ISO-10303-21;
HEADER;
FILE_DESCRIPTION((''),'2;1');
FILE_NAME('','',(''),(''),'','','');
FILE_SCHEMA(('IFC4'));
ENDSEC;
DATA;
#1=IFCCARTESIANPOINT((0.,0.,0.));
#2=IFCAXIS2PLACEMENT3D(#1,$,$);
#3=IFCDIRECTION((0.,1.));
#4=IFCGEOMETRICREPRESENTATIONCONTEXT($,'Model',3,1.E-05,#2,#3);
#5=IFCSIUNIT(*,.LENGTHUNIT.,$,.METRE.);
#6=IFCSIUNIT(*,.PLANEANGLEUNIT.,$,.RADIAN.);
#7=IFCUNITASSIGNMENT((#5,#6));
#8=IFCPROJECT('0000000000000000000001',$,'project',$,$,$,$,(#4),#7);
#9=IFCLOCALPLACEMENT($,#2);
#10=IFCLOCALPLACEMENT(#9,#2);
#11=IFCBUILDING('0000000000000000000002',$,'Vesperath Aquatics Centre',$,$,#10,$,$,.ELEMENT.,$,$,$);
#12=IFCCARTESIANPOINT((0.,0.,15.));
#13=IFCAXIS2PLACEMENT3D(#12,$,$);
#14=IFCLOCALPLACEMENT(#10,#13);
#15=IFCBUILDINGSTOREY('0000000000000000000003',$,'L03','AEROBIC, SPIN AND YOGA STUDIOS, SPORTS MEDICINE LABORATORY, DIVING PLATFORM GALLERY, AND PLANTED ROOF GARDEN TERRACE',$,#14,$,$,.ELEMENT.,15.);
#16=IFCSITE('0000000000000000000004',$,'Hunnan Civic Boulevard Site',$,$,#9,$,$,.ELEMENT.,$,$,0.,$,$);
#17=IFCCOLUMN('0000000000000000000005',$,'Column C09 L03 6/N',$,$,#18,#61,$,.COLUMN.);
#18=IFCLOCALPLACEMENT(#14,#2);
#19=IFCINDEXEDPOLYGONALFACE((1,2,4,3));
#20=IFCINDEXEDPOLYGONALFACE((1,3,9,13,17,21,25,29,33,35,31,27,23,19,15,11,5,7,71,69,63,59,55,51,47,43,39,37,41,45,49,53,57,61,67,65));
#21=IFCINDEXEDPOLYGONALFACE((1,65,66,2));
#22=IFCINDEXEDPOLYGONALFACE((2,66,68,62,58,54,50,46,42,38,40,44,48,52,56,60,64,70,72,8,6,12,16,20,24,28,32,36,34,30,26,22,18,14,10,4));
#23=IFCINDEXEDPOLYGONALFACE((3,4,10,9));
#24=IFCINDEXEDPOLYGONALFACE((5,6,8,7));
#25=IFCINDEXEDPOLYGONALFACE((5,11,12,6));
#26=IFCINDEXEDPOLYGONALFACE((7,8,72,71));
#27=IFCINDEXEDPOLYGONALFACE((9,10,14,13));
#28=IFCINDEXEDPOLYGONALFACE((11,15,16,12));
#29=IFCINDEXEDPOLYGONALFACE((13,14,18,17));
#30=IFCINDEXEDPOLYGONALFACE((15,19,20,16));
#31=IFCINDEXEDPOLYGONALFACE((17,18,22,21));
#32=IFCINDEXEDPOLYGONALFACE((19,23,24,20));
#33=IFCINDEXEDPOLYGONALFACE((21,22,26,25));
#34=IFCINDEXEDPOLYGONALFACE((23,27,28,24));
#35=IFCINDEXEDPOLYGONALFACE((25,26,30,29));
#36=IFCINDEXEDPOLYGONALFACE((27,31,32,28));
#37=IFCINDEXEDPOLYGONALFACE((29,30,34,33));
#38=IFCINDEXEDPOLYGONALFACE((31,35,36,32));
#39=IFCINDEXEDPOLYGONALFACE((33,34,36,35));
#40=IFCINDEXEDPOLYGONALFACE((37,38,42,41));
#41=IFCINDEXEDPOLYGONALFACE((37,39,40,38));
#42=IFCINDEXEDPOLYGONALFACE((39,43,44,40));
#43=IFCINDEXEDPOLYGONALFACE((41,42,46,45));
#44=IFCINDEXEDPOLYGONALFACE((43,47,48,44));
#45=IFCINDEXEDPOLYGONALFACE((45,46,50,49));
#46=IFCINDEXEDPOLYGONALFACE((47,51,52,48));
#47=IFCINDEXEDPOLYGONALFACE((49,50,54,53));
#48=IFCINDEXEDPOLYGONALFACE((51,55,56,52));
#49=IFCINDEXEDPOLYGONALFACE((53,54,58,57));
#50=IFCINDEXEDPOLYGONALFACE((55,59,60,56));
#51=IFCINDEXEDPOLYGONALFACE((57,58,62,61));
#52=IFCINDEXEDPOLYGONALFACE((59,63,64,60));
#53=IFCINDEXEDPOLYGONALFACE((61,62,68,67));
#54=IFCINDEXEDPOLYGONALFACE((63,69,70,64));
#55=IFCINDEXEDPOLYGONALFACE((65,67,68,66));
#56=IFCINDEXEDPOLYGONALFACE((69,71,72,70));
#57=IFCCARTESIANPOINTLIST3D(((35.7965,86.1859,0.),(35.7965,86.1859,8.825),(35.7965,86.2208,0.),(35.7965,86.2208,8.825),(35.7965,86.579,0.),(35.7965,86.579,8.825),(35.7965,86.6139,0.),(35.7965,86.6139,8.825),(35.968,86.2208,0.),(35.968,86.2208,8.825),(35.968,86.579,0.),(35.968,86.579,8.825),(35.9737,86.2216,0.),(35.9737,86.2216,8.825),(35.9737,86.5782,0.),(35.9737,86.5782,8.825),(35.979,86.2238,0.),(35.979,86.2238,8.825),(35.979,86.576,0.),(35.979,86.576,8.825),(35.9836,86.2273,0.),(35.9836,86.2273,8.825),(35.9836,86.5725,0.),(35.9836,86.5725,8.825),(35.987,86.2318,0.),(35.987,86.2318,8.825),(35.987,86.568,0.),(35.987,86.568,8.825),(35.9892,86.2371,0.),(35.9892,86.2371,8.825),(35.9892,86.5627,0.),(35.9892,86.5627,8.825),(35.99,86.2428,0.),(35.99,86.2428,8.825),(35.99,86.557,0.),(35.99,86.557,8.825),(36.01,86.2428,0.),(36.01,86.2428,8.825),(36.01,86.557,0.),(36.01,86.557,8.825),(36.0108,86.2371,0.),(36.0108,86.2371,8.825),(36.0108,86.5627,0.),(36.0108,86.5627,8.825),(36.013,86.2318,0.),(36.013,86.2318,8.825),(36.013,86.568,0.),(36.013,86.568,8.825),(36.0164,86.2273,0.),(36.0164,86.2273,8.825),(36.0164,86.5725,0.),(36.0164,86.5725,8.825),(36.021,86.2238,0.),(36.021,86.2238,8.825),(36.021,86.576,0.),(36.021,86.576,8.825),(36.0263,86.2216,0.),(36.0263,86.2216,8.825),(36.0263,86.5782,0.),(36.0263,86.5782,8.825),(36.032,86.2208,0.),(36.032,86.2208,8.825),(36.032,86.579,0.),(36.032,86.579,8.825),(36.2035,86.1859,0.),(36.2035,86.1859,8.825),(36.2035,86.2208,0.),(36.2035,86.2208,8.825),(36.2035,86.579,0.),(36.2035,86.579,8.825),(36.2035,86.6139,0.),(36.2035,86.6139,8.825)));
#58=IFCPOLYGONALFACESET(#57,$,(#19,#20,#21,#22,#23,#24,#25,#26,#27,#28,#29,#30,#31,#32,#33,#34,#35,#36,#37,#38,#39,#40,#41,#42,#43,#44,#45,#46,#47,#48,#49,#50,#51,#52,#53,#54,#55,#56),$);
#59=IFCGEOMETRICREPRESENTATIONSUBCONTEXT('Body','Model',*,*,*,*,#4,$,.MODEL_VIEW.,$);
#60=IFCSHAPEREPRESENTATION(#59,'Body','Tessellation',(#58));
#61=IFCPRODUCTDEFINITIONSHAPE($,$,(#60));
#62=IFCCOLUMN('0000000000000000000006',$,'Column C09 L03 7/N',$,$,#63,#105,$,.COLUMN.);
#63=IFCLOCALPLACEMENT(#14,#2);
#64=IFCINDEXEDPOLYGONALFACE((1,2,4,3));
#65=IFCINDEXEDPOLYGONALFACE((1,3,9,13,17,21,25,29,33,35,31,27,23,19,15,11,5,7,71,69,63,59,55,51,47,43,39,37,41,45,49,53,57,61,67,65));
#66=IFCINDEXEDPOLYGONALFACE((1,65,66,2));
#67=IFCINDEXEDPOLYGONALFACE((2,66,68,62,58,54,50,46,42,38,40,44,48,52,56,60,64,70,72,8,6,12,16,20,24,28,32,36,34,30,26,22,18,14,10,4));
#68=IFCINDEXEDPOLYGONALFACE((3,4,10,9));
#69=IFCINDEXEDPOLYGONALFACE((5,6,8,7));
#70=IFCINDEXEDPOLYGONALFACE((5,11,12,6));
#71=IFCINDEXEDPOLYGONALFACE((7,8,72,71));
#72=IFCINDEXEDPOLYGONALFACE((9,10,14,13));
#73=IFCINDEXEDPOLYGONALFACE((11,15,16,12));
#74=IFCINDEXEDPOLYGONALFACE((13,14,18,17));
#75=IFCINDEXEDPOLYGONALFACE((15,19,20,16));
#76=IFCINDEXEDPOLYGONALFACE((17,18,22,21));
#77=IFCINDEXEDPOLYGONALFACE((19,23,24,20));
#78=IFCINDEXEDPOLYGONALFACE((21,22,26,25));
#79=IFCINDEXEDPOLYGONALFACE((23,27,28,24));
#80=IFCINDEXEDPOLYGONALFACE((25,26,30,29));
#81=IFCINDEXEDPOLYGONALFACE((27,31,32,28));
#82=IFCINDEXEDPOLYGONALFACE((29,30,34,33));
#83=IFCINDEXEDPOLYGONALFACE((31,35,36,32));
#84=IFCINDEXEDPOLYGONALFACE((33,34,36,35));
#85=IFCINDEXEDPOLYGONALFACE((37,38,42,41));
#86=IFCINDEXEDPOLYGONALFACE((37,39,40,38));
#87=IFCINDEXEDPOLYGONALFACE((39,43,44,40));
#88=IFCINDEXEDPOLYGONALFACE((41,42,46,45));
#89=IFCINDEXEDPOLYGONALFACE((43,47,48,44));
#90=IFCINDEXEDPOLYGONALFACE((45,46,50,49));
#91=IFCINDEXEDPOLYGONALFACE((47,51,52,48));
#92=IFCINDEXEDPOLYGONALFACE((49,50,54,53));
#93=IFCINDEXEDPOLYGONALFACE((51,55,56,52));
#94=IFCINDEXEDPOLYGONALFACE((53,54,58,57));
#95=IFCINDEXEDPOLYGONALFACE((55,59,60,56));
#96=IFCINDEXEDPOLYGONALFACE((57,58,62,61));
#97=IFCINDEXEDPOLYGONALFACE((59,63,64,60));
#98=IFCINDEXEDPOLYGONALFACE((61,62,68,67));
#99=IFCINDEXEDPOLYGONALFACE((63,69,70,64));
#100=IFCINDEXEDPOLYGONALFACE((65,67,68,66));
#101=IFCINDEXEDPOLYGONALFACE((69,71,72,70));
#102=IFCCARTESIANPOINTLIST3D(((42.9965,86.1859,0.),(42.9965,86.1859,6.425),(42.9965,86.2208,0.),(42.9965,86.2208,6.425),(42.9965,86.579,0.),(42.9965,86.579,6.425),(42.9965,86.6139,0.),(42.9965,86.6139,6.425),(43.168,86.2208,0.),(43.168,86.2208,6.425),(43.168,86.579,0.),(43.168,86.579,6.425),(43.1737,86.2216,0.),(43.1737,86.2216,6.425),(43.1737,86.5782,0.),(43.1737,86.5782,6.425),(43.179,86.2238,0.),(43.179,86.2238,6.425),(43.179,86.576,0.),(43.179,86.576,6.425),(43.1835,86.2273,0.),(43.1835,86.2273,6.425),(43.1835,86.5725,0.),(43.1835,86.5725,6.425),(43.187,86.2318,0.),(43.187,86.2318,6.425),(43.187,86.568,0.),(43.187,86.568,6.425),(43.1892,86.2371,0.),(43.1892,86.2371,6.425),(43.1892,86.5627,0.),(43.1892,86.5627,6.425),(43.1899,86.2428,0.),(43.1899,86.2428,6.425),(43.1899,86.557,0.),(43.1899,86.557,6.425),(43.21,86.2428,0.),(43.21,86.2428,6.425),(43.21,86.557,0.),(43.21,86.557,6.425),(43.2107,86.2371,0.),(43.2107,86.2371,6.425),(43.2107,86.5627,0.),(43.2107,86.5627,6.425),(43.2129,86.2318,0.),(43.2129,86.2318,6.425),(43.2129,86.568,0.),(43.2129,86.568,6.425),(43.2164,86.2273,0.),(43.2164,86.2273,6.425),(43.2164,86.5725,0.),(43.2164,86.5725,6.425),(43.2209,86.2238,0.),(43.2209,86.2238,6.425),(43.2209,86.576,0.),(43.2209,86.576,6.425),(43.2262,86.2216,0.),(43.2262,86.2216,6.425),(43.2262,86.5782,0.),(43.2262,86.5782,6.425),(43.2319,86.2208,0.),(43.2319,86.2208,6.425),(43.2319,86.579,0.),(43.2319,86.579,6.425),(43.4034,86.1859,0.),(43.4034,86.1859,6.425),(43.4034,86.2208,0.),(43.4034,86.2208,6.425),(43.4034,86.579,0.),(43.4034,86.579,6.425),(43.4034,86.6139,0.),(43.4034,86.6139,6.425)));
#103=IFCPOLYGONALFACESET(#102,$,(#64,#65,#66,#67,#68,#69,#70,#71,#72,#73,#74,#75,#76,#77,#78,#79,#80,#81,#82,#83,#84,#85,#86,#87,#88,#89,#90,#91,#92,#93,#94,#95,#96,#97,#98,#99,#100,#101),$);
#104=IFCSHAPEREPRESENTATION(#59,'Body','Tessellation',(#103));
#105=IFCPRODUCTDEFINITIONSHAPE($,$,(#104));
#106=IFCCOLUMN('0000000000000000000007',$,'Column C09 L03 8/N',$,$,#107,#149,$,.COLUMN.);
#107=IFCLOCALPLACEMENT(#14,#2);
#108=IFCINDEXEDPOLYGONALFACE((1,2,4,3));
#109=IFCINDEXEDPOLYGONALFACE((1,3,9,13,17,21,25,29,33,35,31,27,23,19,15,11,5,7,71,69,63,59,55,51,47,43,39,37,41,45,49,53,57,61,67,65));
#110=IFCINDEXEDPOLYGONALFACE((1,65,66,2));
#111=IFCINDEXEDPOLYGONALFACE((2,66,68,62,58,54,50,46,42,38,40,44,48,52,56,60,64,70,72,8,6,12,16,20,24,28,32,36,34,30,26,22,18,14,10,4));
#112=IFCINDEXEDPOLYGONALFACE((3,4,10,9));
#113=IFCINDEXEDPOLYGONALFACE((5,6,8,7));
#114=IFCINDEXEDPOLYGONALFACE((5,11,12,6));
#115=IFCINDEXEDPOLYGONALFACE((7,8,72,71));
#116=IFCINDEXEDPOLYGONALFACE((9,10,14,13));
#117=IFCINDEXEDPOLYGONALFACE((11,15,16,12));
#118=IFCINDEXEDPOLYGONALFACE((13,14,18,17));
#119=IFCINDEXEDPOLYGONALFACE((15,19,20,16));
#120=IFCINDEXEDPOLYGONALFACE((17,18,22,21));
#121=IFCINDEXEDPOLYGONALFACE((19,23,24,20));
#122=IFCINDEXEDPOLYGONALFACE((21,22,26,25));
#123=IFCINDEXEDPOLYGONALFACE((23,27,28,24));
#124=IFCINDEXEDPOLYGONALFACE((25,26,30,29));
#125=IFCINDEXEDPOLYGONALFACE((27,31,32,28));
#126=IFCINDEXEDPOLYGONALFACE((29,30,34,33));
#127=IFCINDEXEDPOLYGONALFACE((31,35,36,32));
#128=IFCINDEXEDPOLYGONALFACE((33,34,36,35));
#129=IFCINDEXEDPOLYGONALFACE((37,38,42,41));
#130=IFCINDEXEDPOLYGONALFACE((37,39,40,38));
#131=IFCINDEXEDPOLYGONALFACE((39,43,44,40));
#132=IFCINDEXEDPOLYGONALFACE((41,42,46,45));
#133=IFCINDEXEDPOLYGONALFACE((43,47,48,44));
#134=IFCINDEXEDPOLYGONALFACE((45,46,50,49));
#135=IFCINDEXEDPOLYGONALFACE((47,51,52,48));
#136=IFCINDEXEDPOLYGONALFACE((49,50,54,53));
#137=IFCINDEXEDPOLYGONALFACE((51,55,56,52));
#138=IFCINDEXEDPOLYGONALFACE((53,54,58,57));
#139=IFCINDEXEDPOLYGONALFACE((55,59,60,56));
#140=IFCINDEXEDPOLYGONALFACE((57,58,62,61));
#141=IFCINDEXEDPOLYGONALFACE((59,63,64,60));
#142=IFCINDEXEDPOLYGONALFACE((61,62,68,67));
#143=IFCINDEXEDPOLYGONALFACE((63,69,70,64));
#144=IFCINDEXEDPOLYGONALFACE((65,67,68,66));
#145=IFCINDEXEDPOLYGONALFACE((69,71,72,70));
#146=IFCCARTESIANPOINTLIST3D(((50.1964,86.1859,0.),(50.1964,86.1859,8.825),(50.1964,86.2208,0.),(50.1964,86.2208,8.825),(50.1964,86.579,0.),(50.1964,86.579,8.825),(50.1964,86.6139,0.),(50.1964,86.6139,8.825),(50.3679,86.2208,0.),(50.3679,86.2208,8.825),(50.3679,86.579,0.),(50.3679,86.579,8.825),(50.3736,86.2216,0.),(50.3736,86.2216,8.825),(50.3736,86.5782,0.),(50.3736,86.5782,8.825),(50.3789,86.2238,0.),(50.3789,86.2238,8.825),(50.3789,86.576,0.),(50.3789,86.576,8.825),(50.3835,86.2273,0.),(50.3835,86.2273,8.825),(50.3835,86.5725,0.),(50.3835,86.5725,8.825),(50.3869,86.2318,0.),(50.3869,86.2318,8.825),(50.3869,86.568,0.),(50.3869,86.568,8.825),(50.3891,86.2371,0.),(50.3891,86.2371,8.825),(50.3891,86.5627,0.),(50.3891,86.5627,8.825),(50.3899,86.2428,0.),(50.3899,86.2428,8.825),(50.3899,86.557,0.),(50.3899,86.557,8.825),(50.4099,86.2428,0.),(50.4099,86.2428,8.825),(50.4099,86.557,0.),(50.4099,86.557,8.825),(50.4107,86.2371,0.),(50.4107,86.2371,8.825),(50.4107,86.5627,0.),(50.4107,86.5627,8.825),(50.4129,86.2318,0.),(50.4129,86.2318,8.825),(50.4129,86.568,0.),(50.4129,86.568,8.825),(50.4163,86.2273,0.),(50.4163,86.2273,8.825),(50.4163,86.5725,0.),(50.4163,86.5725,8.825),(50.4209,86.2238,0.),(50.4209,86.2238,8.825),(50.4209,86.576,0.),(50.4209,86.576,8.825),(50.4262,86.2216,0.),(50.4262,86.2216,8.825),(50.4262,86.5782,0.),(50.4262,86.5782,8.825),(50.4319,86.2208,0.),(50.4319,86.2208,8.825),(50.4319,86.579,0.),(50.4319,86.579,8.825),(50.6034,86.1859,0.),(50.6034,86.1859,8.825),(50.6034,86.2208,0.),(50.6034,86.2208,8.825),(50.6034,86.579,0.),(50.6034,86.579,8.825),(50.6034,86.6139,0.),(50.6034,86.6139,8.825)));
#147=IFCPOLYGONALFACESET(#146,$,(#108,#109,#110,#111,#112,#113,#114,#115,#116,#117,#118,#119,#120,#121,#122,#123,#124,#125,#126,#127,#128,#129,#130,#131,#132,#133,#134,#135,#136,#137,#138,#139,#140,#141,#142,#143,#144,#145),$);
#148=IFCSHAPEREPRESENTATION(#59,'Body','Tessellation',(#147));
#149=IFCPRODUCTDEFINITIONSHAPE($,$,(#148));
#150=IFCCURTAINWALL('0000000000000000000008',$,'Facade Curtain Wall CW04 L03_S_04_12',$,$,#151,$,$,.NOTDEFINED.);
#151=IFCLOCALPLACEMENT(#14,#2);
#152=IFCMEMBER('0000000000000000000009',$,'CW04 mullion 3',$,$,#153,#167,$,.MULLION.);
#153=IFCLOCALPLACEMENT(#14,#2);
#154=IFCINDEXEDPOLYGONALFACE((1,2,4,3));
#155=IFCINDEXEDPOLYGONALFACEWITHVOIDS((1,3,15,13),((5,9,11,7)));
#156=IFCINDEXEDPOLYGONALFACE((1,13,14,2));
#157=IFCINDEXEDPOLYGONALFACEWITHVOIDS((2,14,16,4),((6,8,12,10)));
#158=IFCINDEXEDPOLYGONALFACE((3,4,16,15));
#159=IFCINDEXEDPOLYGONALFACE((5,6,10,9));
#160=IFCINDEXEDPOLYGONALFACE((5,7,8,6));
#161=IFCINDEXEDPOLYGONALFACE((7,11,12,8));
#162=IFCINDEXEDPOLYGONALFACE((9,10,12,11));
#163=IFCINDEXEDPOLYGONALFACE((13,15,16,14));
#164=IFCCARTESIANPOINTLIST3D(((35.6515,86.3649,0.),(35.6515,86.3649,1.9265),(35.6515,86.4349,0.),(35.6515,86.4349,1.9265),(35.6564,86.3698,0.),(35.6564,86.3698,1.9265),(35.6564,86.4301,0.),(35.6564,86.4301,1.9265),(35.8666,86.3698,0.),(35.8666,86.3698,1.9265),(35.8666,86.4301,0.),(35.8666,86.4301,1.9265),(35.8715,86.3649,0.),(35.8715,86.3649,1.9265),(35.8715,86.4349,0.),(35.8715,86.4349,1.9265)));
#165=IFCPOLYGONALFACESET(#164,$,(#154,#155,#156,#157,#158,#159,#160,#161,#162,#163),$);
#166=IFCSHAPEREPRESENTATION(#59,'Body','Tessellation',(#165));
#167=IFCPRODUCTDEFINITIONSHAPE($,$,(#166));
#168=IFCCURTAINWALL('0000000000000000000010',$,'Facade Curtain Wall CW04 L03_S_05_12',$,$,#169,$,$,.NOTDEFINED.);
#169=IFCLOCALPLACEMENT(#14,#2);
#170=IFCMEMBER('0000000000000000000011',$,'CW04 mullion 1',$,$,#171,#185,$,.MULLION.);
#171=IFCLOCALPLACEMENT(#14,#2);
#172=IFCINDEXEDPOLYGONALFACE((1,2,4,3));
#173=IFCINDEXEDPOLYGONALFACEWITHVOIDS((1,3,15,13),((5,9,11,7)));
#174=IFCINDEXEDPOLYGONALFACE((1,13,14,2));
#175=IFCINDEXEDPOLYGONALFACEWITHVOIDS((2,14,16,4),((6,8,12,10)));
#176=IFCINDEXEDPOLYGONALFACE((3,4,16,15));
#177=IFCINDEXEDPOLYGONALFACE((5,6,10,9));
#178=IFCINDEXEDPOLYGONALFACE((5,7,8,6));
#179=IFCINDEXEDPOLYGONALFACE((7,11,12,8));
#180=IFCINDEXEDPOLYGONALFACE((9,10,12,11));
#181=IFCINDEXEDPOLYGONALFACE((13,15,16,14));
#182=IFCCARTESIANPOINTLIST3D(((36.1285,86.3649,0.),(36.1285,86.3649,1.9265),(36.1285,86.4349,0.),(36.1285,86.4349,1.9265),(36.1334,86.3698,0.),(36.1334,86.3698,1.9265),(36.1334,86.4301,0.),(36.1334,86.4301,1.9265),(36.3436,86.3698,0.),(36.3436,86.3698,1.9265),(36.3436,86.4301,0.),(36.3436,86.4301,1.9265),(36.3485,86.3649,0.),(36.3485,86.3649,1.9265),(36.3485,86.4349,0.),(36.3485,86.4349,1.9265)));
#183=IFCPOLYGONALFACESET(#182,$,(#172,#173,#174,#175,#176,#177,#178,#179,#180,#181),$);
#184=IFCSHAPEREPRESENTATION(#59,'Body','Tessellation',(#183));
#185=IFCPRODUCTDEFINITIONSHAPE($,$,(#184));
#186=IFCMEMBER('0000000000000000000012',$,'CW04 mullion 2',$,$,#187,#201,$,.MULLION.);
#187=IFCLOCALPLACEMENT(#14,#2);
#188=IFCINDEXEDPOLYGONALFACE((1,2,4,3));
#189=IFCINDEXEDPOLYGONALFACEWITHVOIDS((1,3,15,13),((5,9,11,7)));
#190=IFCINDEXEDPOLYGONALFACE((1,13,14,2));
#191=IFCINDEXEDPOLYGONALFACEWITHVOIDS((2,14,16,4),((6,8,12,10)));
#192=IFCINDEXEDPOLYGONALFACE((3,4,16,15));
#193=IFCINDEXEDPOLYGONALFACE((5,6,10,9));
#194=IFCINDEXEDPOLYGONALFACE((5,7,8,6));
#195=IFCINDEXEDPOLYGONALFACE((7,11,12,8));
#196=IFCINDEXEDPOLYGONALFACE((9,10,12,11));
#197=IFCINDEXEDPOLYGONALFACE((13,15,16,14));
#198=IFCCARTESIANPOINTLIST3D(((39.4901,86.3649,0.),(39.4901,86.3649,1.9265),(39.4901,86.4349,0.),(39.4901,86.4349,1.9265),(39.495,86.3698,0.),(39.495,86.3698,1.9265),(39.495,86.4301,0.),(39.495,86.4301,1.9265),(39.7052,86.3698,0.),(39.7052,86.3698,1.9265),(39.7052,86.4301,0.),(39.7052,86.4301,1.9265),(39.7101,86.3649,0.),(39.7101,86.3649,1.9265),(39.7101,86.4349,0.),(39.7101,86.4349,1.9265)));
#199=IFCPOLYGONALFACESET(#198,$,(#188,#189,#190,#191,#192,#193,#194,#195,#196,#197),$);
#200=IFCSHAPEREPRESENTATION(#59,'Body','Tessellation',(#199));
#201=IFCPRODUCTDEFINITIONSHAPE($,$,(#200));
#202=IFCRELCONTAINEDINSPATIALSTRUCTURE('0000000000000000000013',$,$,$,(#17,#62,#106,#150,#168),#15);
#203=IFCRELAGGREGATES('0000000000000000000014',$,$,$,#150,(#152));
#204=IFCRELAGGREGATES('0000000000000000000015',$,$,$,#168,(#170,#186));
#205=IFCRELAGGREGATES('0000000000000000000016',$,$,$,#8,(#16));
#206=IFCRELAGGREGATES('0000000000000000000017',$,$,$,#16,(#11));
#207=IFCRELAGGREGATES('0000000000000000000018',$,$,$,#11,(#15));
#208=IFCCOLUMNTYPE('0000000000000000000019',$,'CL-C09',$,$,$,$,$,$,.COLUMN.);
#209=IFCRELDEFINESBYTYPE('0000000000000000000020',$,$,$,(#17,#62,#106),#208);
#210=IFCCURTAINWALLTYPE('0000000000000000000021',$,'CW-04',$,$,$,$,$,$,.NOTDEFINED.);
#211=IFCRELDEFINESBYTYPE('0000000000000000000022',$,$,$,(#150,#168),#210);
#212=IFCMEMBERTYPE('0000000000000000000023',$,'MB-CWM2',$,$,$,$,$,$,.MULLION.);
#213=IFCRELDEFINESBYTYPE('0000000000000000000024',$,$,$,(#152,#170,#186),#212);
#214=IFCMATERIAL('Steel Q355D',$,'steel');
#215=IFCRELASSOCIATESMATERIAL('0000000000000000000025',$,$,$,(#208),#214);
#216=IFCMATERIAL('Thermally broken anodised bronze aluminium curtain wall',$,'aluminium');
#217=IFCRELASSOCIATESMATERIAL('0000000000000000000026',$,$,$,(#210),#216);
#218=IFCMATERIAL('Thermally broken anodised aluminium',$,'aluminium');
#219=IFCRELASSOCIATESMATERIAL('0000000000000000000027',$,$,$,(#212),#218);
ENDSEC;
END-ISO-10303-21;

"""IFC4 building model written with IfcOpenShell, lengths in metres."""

from ifc_helpers import new_model, si_unit, direction, frame, origin, origin_2d, place, context, subcontext, project, spatial, hollow_rectangle, i_section, extrude, material, material_profile, profile_set, type_object, element, aggregate, save


model = new_model("IFC4")

# Units and contexts
model_context = context("Model", 3, precision=1e-05, world=origin(), true_north=direction((0.0, 1.0)))
body_context = subcontext(model_context, "Body", "Model", "MODEL_VIEW")
ifc_project = project(units=[si_unit("LENGTHUNIT", "METRE"), si_unit("PLANEANGLEUNIT", "RADIAN")], contexts=[model_context])

# Site, building, storey
site_placement = place(None, origin())
site = spatial("IfcSite", under=ifc_project, at=site_placement, Name="Hunnan Civic Boulevard Site", CompositionType="ELEMENT", RefElevation=0.0)
building_placement = place(site_placement, origin())
building = spatial("IfcBuilding", under=site, at=building_placement, Name="Vesperath Aquatics Centre", CompositionType="ELEMENT")
storey_placement = place(building_placement, frame((0.0, 0.0, 15.0)))
storey = spatial("IfcBuildingStorey", under=building, at=storey_placement, Name="L03", Description="AEROBIC, SPIN AND YOGA STUDIOS, SPORTS MEDICINE LABORATORY, DIVING PLATFORM GALLERY, AND PLANTED ROOF GARDEN TERRACE", CompositionType="ELEMENT", Elevation=15.0)

# Columns
ifc_material_1 = material(Name="Steel Q355D", Category="steel")
ifc_material_profile_1 = material_profile(ifc_material_1, i_section(OverallWidth=0.407, OverallDepth=0.428, WebThickness=0.02, FlangeThickness=0.0349, FilletRadius=0.022, at=origin_2d()), Name="HW 428x407x20x35")
ifc_profile_set_1 = profile_set([ifc_material_profile_1], Name="Steel Q355D")
column_type = type_object("IfcColumnType", Name="CL-C09", PredefinedType="COLUMN", material=ifc_profile_set_1)
column_1_placement = place(storey_placement, frame((36.0, 86.3999, 0.0), z_axis=(0.0, 0.0, 1.0), x_axis=(1.0, 0.0, 0.0)))
element("IfcColumn", 1, at=column_1_placement, inside=storey, type_object=column_type, Name="Column C09 L03 6/N", PredefinedType="COLUMN", context=body_context, shape_type="SweptSolid", body=[
    extrude(i_section(OverallWidth=0.407, OverallDepth=0.428, WebThickness=0.02, FlangeThickness=0.0349, FilletRadius=0.022, at=origin_2d()), origin(), (0.0, 0.0, 1.0), 8.825),
])
column_2_placement = place(storey_placement, frame((43.2, 86.3999, 0.0), z_axis=(0.0, 0.0, 1.0), x_axis=(1.0, 0.0, 0.0)))
element("IfcColumn", 2, at=column_2_placement, inside=storey, type_object=column_type, Name="Column C09 L03 7/N", PredefinedType="COLUMN", context=body_context, shape_type="SweptSolid", body=[
    extrude(i_section(OverallWidth=0.407, OverallDepth=0.428, WebThickness=0.02, FlangeThickness=0.0349, FilletRadius=0.022, at=origin_2d()), origin(), (0.0, 0.0, 1.0), 6.425),
])
column_3_placement = place(storey_placement, frame((50.3999, 86.3999, 0.0), z_axis=(0.0, 0.0, 1.0), x_axis=(1.0, 0.0, 0.0)))
element("IfcColumn", 3, at=column_3_placement, inside=storey, type_object=column_type, Name="Column C09 L03 8/N", PredefinedType="COLUMN", context=body_context, shape_type="SweptSolid", body=[
    extrude(i_section(OverallWidth=0.407, OverallDepth=0.428, WebThickness=0.02, FlangeThickness=0.0349, FilletRadius=0.022, at=origin_2d()), origin(), (0.0, 0.0, 1.0), 8.825),
])

# Curtain wall, member
ifc_material_2 = material(Name="Thermally broken anodised bronze aluminium curtain wall", Category="aluminium")
curtain_wall_type = type_object("IfcCurtainWallType", Name="CW-04", PredefinedType="NOTDEFINED", material=ifc_material_2)
curtain_wall_1_placement = place(storey_placement, origin())
curtain_wall_1 = element("IfcCurtainWall", 4, at=curtain_wall_1_placement, inside=storey, type_object=curtain_wall_type, Name="Facade Curtain Wall CW04 L03_S_04_12", PredefinedType="NOTDEFINED")
ifc_material_3 = material(Name="Thermally broken anodised aluminium", Category="aluminium")
ifc_material_profile_2 = material_profile(ifc_material_3, hollow_rectangle(XDim=0.0701, YDim=0.22, WallThickness=0.0049, at=origin_2d()), Name="CWM 70x220x5")
ifc_profile_set_2 = profile_set([ifc_material_profile_2], Name="Thermally broken anodised aluminium")
member_type_1 = type_object("IfcMemberType", Name="MB-CWM2", PredefinedType="MULLION", material=ifc_profile_set_2)
member_1_placement = place(storey_placement, frame((35.7615, 86.3999, 0.0), z_axis=(0.0, 0.0, 1.0), x_axis=(0.0, 1.0, 0.0)))
member_1 = element("IfcMember", 5, at=member_1_placement, type_object=member_type_1, Name="CW04 mullion 3", PredefinedType="MULLION", context=body_context, shape_type="SweptSolid", body=[
    extrude(hollow_rectangle(XDim=0.0701, YDim=0.22, WallThickness=0.0049, at=origin_2d()), origin(), (0.0, 0.0, 1.0), 1.9265),
])

# Curtain wall, members
curtain_wall_2_placement = place(storey_placement, origin())
curtain_wall_2 = element("IfcCurtainWall", 6, at=curtain_wall_2_placement, inside=storey, type_object=curtain_wall_type, Name="Facade Curtain Wall CW04 L03_S_05_12", PredefinedType="NOTDEFINED")
member_2_placement = place(storey_placement, frame((36.2385, 86.3999, 0.0), z_axis=(0.0, 0.0, 1.0), x_axis=(0.0, 1.0, 0.0)))
member_2 = element("IfcMember", 7, at=member_2_placement, type_object=member_type_1, Name="CW04 mullion 1", PredefinedType="MULLION", context=body_context, shape_type="SweptSolid", body=[
    extrude(hollow_rectangle(XDim=0.0701, YDim=0.22, WallThickness=0.0049, at=origin_2d()), origin(), (0.0, 0.0, 1.0), 1.9265),
])
member_3_placement = place(storey_placement, frame((39.6001, 86.3999, 0.0), z_axis=(0.0, 0.0, 1.0), x_axis=(0.0, 1.0, 0.0)))
member_3 = element("IfcMember", 8, at=member_3_placement, type_object=member_type_1, Name="CW04 mullion 2", PredefinedType="MULLION", context=body_context, shape_type="SweptSolid", body=[
    extrude(hollow_rectangle(XDim=0.0701, YDim=0.22, WallThickness=0.0049, at=origin_2d()), origin(), (0.0, 0.0, 1.0), 1.9265),
])

aggregate(curtain_wall_1, [member_1])
aggregate(curtain_wall_2, [member_2, member_3])

save(model, "model.ifc")
